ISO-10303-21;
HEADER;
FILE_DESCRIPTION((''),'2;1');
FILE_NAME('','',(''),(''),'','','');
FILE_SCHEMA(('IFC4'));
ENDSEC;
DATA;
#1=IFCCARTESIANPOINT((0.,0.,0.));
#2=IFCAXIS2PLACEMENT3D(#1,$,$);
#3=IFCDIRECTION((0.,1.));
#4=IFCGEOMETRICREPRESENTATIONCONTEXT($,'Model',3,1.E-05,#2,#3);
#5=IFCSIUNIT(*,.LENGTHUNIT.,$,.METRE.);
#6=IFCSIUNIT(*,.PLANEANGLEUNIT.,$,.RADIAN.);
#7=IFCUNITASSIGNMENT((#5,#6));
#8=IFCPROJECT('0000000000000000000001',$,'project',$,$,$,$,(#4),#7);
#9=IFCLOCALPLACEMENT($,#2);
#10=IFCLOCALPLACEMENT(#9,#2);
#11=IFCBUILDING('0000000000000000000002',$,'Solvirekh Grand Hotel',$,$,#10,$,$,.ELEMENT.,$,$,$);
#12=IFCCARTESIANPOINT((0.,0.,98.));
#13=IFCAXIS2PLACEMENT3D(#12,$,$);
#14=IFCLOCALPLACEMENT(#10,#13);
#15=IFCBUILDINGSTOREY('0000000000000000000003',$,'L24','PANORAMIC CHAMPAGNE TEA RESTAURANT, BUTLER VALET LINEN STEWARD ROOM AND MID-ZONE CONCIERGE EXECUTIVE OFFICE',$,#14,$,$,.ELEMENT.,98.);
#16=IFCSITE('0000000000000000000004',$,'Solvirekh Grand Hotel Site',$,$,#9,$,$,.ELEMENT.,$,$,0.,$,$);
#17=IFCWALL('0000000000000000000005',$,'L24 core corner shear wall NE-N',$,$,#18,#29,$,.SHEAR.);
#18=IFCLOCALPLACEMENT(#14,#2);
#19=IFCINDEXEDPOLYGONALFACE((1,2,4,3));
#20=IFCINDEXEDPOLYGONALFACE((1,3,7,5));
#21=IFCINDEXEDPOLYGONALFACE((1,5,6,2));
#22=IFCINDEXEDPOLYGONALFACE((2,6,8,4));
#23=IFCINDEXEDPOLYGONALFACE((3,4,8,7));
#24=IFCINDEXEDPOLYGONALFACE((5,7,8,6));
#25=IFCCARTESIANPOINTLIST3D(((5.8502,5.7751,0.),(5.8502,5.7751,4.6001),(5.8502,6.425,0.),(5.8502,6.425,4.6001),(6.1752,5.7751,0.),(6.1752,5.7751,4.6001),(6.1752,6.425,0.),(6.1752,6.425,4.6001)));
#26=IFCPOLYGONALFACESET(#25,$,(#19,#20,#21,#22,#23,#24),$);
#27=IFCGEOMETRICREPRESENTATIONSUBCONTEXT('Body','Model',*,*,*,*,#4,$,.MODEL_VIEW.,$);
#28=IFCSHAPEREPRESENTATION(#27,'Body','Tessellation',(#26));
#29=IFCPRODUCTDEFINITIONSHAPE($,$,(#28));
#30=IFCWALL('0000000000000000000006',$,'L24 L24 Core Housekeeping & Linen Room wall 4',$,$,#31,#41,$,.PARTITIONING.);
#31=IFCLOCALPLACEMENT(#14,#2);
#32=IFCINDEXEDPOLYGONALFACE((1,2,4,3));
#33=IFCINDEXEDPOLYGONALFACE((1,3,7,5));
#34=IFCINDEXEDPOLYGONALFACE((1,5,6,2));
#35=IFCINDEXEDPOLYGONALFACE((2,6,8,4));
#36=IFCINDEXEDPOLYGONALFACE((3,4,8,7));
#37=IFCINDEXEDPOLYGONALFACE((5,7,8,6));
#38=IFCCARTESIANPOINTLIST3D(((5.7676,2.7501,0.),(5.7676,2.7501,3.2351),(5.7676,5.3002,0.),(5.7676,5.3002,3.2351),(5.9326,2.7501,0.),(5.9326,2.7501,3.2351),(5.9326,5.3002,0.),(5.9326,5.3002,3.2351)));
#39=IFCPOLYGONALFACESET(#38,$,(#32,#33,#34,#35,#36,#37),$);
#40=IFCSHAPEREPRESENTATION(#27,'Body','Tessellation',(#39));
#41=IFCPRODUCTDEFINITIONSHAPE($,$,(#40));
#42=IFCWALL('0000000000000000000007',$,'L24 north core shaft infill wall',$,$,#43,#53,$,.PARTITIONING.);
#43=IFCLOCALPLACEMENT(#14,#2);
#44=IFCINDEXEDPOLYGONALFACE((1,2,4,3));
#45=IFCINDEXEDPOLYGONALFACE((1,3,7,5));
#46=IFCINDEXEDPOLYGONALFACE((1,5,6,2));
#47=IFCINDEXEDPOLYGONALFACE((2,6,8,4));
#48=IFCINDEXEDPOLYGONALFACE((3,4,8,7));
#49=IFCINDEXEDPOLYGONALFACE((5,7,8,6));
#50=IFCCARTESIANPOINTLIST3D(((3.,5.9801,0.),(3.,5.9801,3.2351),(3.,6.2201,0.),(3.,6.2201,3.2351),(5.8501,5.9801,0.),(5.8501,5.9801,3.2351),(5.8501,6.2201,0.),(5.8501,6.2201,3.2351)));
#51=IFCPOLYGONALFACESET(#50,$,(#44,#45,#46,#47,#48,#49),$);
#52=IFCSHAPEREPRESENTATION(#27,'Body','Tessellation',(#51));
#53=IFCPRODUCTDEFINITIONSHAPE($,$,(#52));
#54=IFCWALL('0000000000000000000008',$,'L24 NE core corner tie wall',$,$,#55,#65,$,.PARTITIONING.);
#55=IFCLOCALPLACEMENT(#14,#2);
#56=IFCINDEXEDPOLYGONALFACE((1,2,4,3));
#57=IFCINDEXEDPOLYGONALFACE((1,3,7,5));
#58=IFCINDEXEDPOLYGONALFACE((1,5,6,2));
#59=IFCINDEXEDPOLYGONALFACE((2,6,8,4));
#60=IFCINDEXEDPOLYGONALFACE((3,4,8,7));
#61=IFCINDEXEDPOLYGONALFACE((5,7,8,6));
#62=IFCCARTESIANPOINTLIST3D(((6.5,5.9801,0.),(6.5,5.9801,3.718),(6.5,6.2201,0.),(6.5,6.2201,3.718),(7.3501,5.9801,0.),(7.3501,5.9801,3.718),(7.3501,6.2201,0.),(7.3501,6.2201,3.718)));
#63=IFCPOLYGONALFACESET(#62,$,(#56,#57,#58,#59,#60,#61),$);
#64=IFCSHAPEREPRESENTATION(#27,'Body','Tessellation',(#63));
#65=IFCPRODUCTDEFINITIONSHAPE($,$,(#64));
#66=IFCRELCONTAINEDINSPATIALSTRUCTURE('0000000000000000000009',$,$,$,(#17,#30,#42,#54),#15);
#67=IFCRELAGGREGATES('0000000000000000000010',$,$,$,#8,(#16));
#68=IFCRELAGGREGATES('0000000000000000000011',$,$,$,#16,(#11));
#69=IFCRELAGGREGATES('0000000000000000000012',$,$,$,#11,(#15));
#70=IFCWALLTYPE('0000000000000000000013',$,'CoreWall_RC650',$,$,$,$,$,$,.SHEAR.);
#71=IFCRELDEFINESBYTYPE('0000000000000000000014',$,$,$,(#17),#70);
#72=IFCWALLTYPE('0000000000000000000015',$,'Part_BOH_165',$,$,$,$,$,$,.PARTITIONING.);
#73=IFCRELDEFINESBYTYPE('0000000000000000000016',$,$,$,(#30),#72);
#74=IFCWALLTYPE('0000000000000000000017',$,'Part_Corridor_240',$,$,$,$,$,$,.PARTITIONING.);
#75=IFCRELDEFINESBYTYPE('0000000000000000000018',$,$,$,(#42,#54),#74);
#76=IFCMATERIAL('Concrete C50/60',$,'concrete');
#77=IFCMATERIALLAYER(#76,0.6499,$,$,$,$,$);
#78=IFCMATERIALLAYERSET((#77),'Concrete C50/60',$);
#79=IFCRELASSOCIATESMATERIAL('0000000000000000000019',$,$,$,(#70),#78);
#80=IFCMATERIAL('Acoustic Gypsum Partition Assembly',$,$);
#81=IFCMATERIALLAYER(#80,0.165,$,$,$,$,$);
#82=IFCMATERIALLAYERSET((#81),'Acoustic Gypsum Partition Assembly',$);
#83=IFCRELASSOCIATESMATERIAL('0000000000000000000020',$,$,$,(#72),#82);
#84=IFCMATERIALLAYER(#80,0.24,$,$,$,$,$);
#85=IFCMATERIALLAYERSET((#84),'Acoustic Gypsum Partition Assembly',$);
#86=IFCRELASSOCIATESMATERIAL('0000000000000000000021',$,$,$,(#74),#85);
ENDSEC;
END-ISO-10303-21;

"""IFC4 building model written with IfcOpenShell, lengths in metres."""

from ifc_helpers import new_model, si_unit, direction, frame, frame_2d, origin, place, context, subcontext, project, spatial, rectangle, extrude, material, layer, layer_set, type_object, element, save


model = new_model("IFC4")

# Units and contexts
model_context = context("Model", 3, precision=1e-05, world=origin(), true_north=direction((0.0, 1.0)))
body_context = subcontext(model_context, "Body", "Model", "MODEL_VIEW")
ifc_project = project(units=[si_unit("LENGTHUNIT", "METRE"), si_unit("PLANEANGLEUNIT", "RADIAN")], contexts=[model_context])

# Site, building, storey
site_placement = place(None, origin())
site = spatial("IfcSite", under=ifc_project, at=site_placement, Name="Solvirekh Grand Hotel Site", CompositionType="ELEMENT", RefElevation=0.0)
building_placement = place(site_placement, origin())
building = spatial("IfcBuilding", under=site, at=building_placement, Name="Solvirekh Grand Hotel", CompositionType="ELEMENT")
storey_placement = place(building_placement, frame((0.0, 0.0, 98.0)))
storey = spatial("IfcBuildingStorey", under=building, at=storey_placement, Name="L24", Description="PANORAMIC CHAMPAGNE TEA RESTAURANT, BUTLER VALET LINEN STEWARD ROOM AND MID-ZONE CONCIERGE EXECUTIVE OFFICE", CompositionType="ELEMENT", Elevation=98.0)

# Shared definitions
ifc_material_1 = material(Name="Concrete C50/60", Category="concrete")

# Walls
ifc_layer_1 = layer(ifc_material_1, 0.6499)
ifc_layer_set_1 = layer_set([ifc_layer_1], Name="Concrete C50/60")
wall_type_1 = type_object("IfcWallType", Name="CoreWall_RC650", PredefinedType="SHEAR", material=ifc_layer_set_1)
wall_1_placement = place(storey_placement, frame((5.8501, 6.1001, 0.0), z_axis=(0.0, 0.0, 1.0), x_axis=(1.0, 0.0, 0.0)))
element("IfcWall", 1, at=wall_1_placement, inside=storey, type_object=wall_type_1, Name="L24 core corner shear wall NE-N", PredefinedType="SHEAR", context=body_context, shape_type="SweptSolid", body=[
    extrude(rectangle(XDim=0.325, YDim=0.6499, at=frame_2d((0.1626, 0.0))), origin(), (0.0, 0.0, 1.0), 4.6001),
])
ifc_material_2 = material(Name="Acoustic Gypsum Partition Assembly")
ifc_layer_2 = layer(ifc_material_2, 0.165)
ifc_layer_set_2 = layer_set([ifc_layer_2], Name="Acoustic Gypsum Partition Assembly")
wall_type_2 = type_object("IfcWallType", Name="Part_BOH_165", PredefinedType="PARTITIONING", material=ifc_layer_set_2)
wall_2_placement = place(storey_placement, frame((5.8501, 5.3, 0.0), z_axis=(0.0, 0.0, 1.0), x_axis=(0.0, -1.0, 0.0)))
element("IfcWall", 2, at=wall_2_placement, inside=storey, type_object=wall_type_2, Name="L24 L24 Core Housekeeping & Linen Room wall 4", PredefinedType="PARTITIONING", context=body_context, shape_type="SweptSolid", body=[
    extrude(rectangle(XDim=2.55, YDim=0.165, at=frame_2d((1.2749, 0.0))), origin(), (0.0, 0.0, 1.0), 3.2351),
])
ifc_layer_3 = layer(ifc_material_2, 0.24)
ifc_layer_set_3 = layer_set([ifc_layer_3], Name="Acoustic Gypsum Partition Assembly")
wall_type_3 = type_object("IfcWallType", Name="Part_Corridor_240", PredefinedType="PARTITIONING", material=ifc_layer_set_3)
wall_3_placement = place(storey_placement, frame((3.0, 6.1001, 0.0), z_axis=(0.0, 0.0, 1.0), x_axis=(1.0, 0.0, 0.0)))
element("IfcWall", 3, at=wall_3_placement, inside=storey, type_object=wall_type_3, Name="L24 north core shaft infill wall", PredefinedType="PARTITIONING", context=body_context, shape_type="SweptSolid", body=[
    extrude(rectangle(XDim=2.8501, YDim=0.24, at=frame_2d((1.425, 0.0))), origin(), (0.0, 0.0, 1.0), 3.2351),
])
wall_4_placement = place(storey_placement, frame((6.5, 6.1001, 0.0), z_axis=(0.0, 0.0, 1.0), x_axis=(1.0, 0.0, 0.0)))
element("IfcWall", 4, at=wall_4_placement, inside=storey, type_object=wall_type_3, Name="L24 NE core corner tie wall", PredefinedType="PARTITIONING", context=body_context, shape_type="SweptSolid", body=[
    extrude(rectangle(XDim=0.8501, YDim=0.24, at=frame_2d((0.425, 0.0))), origin(), (0.0, 0.0, 1.0), 3.718),
])

save(model, "model.ifc")
